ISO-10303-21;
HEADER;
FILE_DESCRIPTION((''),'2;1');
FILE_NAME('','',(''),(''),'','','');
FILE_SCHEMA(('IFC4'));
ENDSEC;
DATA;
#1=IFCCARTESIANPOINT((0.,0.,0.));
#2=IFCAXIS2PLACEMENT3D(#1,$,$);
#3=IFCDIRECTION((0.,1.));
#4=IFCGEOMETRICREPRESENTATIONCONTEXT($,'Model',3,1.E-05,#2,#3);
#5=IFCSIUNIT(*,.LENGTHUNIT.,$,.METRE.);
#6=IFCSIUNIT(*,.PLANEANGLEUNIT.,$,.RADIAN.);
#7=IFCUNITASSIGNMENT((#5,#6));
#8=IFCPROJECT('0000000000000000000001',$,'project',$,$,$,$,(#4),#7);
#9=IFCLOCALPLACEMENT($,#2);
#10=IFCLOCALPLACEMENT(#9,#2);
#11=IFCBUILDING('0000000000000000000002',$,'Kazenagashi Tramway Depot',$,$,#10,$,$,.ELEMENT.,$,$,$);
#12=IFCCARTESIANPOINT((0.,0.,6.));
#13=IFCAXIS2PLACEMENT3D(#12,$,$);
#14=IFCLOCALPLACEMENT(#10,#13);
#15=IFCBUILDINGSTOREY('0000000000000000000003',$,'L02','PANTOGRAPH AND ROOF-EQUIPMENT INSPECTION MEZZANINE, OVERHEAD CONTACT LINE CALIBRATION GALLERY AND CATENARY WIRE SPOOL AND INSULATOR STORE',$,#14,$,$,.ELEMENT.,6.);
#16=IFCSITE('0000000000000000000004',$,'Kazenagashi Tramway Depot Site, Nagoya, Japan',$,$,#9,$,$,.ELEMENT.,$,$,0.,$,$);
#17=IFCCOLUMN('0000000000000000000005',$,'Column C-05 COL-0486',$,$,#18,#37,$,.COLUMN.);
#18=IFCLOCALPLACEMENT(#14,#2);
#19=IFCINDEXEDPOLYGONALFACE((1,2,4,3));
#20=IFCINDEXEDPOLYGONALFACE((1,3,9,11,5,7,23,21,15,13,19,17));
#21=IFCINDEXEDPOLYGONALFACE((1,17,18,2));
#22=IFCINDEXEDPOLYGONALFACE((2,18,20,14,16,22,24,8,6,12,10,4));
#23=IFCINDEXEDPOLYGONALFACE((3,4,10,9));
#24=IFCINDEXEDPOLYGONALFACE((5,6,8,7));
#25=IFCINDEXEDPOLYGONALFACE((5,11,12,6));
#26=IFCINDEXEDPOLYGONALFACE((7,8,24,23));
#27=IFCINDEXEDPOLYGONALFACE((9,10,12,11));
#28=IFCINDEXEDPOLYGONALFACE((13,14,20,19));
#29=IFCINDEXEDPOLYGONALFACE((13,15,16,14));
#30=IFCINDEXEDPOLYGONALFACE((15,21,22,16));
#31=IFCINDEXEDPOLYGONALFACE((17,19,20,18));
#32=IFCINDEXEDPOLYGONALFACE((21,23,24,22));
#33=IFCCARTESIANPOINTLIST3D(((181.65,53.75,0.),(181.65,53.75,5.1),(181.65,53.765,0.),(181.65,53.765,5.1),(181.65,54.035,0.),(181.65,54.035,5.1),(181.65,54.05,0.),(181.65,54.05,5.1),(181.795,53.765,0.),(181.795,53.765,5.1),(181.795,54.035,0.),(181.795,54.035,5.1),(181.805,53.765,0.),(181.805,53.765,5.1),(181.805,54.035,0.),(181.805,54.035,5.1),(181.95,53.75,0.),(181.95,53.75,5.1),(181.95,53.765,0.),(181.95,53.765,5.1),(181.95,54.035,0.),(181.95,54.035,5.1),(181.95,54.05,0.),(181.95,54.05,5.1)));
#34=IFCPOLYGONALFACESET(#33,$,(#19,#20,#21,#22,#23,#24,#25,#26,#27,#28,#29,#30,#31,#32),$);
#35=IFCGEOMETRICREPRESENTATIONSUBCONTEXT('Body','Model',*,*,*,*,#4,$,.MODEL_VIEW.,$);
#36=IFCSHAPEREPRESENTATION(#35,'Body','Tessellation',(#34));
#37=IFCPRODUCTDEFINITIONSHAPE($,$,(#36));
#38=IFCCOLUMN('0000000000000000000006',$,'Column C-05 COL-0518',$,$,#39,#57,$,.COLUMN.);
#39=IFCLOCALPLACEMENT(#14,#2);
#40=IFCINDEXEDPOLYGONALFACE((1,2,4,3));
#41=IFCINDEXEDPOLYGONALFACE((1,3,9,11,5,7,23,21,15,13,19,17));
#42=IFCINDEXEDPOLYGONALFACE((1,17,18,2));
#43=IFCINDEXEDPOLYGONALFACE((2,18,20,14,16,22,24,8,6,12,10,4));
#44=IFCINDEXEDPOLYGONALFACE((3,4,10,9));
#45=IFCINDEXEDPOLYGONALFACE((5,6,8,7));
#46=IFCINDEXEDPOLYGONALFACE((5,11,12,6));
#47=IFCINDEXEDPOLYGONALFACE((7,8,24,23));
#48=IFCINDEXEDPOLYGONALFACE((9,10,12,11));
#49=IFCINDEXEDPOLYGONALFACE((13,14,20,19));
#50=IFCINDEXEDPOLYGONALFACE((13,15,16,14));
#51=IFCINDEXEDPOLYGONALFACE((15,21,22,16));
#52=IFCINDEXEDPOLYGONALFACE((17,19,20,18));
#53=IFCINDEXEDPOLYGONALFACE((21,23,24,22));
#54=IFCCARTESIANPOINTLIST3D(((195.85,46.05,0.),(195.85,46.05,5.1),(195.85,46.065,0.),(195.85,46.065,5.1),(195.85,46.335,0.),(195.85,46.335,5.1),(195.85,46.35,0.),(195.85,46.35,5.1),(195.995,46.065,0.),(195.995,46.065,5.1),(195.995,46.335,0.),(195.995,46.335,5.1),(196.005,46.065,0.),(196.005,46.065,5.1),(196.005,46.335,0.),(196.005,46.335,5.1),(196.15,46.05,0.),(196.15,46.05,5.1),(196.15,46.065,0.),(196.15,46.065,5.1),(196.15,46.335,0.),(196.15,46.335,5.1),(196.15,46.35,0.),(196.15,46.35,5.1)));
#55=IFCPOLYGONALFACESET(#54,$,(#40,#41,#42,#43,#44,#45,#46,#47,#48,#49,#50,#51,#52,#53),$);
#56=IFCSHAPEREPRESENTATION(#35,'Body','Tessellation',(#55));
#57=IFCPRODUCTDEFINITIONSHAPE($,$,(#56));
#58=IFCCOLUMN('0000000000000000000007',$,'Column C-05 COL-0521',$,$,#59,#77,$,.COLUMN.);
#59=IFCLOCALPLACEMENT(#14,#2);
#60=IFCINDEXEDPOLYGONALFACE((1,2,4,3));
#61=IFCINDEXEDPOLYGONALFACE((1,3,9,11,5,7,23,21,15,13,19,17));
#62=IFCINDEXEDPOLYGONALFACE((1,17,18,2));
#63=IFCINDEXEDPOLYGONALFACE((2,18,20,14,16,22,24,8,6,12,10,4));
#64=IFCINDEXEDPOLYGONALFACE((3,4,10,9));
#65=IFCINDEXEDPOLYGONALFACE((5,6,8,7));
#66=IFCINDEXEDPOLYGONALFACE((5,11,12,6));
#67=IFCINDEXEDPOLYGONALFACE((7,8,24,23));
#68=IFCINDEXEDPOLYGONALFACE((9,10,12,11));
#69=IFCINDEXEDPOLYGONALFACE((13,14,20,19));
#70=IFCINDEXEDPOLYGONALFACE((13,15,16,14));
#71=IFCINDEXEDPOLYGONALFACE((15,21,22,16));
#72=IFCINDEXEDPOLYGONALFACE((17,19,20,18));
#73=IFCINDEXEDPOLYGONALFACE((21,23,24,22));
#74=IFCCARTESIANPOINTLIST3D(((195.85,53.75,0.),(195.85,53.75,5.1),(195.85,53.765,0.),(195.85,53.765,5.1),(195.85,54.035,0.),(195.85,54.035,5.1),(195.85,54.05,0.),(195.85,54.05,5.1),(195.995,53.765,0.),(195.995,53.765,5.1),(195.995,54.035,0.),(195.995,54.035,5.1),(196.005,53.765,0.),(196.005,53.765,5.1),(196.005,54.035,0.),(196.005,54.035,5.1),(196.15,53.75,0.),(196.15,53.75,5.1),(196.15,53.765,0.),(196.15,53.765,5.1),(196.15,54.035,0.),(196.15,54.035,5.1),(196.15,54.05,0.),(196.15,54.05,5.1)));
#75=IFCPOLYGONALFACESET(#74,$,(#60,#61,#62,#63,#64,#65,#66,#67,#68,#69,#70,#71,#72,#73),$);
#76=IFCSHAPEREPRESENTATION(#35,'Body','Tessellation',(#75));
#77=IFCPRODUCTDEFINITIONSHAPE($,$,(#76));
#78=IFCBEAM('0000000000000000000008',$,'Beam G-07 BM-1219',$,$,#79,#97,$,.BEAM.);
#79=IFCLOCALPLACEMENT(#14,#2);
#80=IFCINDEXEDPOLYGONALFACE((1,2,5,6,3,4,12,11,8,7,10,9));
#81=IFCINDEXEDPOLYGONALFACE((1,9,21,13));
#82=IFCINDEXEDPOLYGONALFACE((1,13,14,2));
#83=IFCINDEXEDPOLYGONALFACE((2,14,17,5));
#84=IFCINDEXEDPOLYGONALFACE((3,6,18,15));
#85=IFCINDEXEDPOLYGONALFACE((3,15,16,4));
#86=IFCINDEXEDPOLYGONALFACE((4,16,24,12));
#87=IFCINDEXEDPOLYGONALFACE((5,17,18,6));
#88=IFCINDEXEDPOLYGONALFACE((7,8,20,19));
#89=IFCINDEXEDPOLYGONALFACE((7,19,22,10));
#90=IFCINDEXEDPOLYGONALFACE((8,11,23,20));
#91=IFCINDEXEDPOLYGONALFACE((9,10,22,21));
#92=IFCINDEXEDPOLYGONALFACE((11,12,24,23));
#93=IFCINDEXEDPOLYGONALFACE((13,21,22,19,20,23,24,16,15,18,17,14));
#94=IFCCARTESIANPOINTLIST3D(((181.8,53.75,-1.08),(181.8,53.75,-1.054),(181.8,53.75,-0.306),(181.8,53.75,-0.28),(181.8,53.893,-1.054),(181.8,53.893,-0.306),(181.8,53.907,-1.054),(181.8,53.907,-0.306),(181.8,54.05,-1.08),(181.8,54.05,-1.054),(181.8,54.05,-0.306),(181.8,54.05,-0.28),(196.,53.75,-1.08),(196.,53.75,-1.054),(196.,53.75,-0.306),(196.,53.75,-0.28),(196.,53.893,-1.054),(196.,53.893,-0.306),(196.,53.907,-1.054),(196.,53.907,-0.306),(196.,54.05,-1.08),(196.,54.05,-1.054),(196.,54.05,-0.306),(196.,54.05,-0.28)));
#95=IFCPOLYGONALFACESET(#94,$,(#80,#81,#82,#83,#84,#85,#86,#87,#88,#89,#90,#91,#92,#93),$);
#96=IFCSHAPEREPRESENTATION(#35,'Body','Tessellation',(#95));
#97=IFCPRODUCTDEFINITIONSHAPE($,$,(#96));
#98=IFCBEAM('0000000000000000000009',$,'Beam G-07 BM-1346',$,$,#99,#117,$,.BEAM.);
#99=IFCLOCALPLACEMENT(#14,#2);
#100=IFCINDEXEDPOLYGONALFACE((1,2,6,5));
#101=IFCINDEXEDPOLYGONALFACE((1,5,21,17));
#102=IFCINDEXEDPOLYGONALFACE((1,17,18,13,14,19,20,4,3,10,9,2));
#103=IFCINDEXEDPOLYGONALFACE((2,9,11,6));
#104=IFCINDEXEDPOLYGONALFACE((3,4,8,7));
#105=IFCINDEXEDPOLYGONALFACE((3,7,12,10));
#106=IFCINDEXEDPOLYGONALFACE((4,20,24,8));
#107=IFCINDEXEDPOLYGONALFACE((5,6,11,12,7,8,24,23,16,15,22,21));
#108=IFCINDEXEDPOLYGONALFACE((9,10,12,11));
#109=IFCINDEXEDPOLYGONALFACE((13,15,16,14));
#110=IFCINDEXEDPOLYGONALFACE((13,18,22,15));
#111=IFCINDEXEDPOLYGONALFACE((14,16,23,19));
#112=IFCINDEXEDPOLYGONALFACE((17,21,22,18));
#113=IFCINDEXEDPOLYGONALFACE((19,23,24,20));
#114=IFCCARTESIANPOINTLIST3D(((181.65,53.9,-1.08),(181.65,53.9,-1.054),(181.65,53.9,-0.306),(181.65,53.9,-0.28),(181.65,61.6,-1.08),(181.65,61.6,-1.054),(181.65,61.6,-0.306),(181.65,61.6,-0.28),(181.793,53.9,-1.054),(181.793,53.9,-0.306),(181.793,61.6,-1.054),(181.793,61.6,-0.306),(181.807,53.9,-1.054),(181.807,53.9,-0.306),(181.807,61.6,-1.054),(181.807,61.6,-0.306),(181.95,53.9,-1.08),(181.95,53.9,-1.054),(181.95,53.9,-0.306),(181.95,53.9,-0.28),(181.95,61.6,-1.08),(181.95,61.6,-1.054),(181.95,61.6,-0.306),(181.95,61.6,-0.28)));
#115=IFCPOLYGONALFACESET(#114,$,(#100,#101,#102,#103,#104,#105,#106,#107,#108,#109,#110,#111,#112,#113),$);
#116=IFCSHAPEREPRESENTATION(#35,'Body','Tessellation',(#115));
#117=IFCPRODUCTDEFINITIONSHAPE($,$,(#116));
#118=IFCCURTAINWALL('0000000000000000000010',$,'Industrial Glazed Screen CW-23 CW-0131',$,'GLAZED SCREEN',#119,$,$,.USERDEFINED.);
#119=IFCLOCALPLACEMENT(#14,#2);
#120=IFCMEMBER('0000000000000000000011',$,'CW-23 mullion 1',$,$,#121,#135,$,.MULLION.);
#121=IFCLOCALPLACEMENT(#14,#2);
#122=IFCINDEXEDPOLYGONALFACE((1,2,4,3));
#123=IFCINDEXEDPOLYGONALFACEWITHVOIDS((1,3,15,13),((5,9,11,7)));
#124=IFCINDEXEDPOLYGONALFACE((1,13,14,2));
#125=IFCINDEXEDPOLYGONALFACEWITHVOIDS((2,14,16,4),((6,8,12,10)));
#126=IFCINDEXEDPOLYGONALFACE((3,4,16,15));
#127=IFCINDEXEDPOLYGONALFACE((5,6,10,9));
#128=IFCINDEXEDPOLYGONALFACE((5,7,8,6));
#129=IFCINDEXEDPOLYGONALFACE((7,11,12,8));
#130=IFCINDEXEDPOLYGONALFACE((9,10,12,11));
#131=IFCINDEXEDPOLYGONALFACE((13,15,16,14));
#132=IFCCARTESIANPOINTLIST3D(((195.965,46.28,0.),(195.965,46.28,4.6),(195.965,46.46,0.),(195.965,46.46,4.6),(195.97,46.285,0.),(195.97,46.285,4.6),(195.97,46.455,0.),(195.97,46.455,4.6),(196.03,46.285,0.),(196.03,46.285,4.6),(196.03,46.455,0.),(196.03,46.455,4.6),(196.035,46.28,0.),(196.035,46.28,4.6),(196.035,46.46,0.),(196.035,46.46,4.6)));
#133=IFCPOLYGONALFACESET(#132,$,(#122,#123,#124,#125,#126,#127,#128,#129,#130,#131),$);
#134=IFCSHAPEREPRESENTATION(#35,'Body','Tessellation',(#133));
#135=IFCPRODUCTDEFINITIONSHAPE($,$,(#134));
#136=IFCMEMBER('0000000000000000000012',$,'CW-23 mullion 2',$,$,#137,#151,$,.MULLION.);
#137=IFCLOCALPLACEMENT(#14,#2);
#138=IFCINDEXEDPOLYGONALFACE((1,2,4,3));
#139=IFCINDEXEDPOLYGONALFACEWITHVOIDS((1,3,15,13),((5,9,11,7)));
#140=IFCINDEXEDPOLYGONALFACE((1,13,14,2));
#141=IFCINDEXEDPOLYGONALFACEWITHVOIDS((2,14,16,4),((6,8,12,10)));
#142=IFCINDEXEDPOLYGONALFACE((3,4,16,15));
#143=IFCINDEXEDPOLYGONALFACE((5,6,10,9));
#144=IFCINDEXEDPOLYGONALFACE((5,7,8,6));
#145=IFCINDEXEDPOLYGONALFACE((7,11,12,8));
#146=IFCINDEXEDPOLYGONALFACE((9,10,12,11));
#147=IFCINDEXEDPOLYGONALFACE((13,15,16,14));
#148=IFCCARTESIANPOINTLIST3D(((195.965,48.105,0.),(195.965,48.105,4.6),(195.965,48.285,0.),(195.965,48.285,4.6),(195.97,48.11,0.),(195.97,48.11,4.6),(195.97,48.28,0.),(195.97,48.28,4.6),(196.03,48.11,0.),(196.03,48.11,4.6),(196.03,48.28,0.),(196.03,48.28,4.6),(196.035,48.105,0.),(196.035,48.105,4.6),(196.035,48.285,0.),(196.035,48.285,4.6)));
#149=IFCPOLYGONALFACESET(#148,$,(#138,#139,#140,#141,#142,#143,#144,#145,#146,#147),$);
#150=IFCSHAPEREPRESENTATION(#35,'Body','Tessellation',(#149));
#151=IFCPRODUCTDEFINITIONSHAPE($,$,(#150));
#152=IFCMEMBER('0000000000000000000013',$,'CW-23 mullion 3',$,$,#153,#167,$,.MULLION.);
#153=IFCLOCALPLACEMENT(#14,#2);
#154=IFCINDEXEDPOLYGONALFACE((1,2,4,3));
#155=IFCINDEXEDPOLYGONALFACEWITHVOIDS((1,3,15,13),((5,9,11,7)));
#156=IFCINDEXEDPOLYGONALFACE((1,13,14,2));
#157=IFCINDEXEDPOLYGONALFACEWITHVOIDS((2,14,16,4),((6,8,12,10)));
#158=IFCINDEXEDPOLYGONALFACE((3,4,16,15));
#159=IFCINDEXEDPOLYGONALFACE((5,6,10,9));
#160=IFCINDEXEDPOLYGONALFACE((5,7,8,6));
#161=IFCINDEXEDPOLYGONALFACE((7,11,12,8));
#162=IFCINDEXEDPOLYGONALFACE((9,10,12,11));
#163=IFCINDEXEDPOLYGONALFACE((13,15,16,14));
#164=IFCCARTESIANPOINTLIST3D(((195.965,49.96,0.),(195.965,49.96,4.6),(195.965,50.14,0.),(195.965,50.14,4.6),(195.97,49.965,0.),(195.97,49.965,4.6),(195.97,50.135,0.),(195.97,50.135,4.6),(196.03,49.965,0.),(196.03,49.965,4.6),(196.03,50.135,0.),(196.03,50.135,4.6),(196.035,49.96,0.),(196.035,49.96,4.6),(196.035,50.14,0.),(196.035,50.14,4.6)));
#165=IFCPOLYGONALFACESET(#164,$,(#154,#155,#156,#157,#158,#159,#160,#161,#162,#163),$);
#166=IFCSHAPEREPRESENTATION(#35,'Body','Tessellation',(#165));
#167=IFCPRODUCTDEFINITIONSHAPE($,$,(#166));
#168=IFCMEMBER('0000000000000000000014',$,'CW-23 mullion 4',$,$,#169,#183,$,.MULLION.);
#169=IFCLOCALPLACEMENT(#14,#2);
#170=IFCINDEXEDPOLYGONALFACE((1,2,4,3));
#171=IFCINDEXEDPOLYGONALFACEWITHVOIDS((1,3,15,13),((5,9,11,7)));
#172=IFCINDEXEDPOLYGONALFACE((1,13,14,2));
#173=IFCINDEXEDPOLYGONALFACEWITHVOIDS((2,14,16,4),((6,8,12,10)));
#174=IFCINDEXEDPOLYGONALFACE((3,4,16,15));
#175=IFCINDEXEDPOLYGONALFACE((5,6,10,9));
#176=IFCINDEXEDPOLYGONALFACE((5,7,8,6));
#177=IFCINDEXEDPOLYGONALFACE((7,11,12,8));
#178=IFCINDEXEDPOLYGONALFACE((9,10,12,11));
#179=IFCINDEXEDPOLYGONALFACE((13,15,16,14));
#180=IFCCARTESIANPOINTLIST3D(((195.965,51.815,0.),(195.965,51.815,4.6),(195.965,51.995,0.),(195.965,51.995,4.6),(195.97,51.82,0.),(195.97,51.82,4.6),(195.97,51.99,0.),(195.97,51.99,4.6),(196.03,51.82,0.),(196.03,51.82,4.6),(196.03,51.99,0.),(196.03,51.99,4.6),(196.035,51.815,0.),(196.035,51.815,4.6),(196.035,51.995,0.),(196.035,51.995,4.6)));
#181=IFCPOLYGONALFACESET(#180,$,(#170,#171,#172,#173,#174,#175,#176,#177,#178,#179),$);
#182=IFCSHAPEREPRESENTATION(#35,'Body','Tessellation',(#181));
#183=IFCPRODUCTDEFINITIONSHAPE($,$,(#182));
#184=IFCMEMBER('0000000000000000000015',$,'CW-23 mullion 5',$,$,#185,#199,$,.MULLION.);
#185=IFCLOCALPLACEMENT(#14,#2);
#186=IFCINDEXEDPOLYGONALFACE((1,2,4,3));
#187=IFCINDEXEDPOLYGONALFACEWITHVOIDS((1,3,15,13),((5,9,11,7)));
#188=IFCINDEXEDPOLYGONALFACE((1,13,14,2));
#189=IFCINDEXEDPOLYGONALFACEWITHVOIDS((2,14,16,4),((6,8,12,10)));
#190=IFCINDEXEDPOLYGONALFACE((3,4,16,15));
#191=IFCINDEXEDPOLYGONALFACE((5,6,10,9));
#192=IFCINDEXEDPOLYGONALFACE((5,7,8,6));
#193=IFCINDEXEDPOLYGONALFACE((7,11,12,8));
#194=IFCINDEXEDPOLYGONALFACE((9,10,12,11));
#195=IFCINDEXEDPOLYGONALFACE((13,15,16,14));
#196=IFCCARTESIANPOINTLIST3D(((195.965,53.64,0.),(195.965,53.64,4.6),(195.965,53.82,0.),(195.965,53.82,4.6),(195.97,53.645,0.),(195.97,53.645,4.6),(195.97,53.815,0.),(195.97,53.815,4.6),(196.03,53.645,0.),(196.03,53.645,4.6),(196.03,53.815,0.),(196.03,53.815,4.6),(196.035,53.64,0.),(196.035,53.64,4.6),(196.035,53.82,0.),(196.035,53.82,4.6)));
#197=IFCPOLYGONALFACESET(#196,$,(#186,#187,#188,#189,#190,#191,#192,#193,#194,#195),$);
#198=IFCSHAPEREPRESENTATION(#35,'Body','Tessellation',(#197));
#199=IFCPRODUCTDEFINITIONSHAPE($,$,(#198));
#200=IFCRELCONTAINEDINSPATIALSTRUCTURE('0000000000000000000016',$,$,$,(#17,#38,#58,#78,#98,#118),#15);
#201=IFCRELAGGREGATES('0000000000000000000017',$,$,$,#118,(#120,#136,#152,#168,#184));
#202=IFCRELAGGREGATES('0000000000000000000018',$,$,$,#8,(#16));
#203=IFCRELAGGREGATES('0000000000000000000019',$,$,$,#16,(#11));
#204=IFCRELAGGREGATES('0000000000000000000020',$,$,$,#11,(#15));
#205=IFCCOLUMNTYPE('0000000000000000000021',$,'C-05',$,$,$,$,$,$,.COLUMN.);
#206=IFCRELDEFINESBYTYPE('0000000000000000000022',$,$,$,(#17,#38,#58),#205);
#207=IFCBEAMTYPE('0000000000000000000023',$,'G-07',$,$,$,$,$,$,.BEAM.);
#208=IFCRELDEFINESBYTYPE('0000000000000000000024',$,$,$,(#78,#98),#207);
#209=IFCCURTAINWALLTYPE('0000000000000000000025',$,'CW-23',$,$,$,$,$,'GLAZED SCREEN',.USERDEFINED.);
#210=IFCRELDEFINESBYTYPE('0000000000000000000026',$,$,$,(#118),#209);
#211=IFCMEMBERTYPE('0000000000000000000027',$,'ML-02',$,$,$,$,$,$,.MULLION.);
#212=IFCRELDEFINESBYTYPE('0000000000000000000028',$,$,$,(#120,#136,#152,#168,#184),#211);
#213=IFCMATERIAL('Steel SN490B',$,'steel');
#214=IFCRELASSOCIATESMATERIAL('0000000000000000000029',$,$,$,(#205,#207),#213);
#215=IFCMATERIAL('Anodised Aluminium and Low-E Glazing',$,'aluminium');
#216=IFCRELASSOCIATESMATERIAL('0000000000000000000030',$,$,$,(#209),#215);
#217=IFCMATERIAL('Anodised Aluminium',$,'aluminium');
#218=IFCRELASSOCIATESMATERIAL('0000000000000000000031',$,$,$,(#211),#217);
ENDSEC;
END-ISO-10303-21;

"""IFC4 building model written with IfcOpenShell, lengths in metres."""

from ifc_helpers import new_model, si_unit, direction, frame, origin, origin_2d, place, context, subcontext, project, spatial, hollow_rectangle, i_section, extrude, material, material_profile, profile_set, type_object, element, aggregate, save


model = new_model("IFC4")

# Units and contexts
model_context = context("Model", 3, precision=1e-05, world=origin(), true_north=direction((0.0, 1.0)))
body_context = subcontext(model_context, "Body", "Model", "MODEL_VIEW")
ifc_project = project(units=[si_unit("LENGTHUNIT", "METRE"), si_unit("PLANEANGLEUNIT", "RADIAN")], contexts=[model_context])

# Site, building, storey
site_placement = place(None, origin())
site = spatial("IfcSite", under=ifc_project, at=site_placement, Name="Kazenagashi Tramway Depot Site, Nagoya, Japan", CompositionType="ELEMENT", RefElevation=0.0)
building_placement = place(site_placement, origin())
building = spatial("IfcBuilding", under=site, at=building_placement, Name="Kazenagashi Tramway Depot", CompositionType="ELEMENT")
storey_placement = place(building_placement, frame((0.0, 0.0, 6.0)))
storey = spatial("IfcBuildingStorey", under=building, at=storey_placement, Name="L02", Description="PANTOGRAPH AND ROOF-EQUIPMENT INSPECTION MEZZANINE, OVERHEAD CONTACT LINE CALIBRATION GALLERY AND CATENARY WIRE SPOOL AND INSULATOR STORE", CompositionType="ELEMENT", Elevation=6.0)

# Columns
ifc_material_1 = material(Name="Steel SN490B", Category="steel")
ifc_material_profile_1 = material_profile(ifc_material_1, i_section(OverallWidth=0.3, OverallDepth=0.3, WebThickness=0.01, FlangeThickness=0.015, at=origin_2d()), Name="H-300x300x10x15")
ifc_profile_set_1 = profile_set([ifc_material_profile_1], Name="Steel SN490B")
column_type = type_object("IfcColumnType", Name="C-05", PredefinedType="COLUMN", material=ifc_profile_set_1)
for number, where, z_axis, x_axis, name in (
    (1, (181.8, 53.9, 0.0), (0.0, 0.0, 1.0), (1.0, 0.0, 0.0), "Column C-05 COL-0486"),
    (2, (196.0, 46.2, 0.0), (0.0, 0.0, 1.0), (1.0, 0.0, 0.0), "Column C-05 COL-0518"),
    (3, (196.0, 53.9, 0.0), (0.0, 0.0, 1.0), (1.0, 0.0, 0.0), "Column C-05 COL-0521"),
):
    element("IfcColumn", number, at=place(storey_placement, frame(where, z_axis=z_axis, x_axis=x_axis)), inside=storey, type_object=column_type, Name=name, PredefinedType="COLUMN", context=body_context, shape_type="SweptSolid", body=[
        extrude(i_section(OverallWidth=0.3, OverallDepth=0.3, WebThickness=0.01, FlangeThickness=0.015, at=origin_2d()), origin(), (0.0, 0.0, 1.0), 5.1),
    ])

# Beams
ifc_material_profile_2 = material_profile(ifc_material_1, i_section(OverallWidth=0.3, OverallDepth=0.8, WebThickness=0.014, FlangeThickness=0.026, at=origin_2d()), Name="H-800x300x14x26")
ifc_profile_set_2 = profile_set([ifc_material_profile_2], Name="Steel SN490B")
beam_type_1 = type_object("IfcBeamType", Name="G-07", PredefinedType="BEAM", material=ifc_profile_set_2)
beam_1_placement = place(storey_placement, frame((181.8, 53.9, -0.68), z_axis=(1.0, 0.0, 0.0), x_axis=(0.0, 1.0, 0.0)))
element("IfcBeam", 4, at=beam_1_placement, inside=storey, type_object=beam_type_1, Name="Beam G-07 BM-1219", PredefinedType="BEAM", context=body_context, shape_type="SweptSolid", body=[
    extrude(i_section(OverallWidth=0.3, OverallDepth=0.8, WebThickness=0.014, FlangeThickness=0.026, at=origin_2d()), origin(), (0.0, 0.0, 1.0), 14.2),
])
beam_2_placement = place(storey_placement, frame((181.8, 53.9, -0.68), z_axis=(0.0, 1.0, 0.0), x_axis=(-1.0, 0.0, 0.0)))
element("IfcBeam", 5, at=beam_2_placement, inside=storey, type_object=beam_type_1, Name="Beam G-07 BM-1346", PredefinedType="BEAM", context=body_context, shape_type="SweptSolid", body=[
    extrude(i_section(OverallWidth=0.3, OverallDepth=0.8, WebThickness=0.014, FlangeThickness=0.026, at=origin_2d()), origin(), (0.0, 0.0, 1.0), 7.7),
])

# Curtain wall, members
ifc_material_2 = material(Name="Anodised Aluminium and Low-E Glazing", Category="aluminium")
curtain_wall_type = type_object("IfcCurtainWallType", Name="CW-23", ElementType="GLAZED SCREEN", PredefinedType="USERDEFINED", material=ifc_material_2)
curtain_wall_1_placement = place(storey_placement, origin())
curtain_wall_1 = element("IfcCurtainWall", 6, at=curtain_wall_1_placement, inside=storey, type_object=curtain_wall_type, Name="Industrial Glazed Screen CW-23 CW-0131", ObjectType="GLAZED SCREEN", PredefinedType="USERDEFINED")
ifc_material_3 = material(Name="Anodised Aluminium", Category="aluminium")
ifc_material_profile_3 = material_profile(ifc_material_3, hollow_rectangle(XDim=0.07, YDim=0.18, WallThickness=0.005, at=origin_2d()), Name="RHS-180x70x5")
ifc_profile_set_3 = profile_set([ifc_material_profile_3], Name="Anodised Aluminium")
member_type_1 = type_object("IfcMemberType", Name="ML-02", PredefinedType="MULLION", material=ifc_profile_set_3)
member_1_placement = place(storey_placement, frame((196.0, 46.37, 0.0), z_axis=(0.0, 0.0, 1.0), x_axis=(-1.0, 0.0, 0.0)))
member_1 = element("IfcMember", 7, at=member_1_placement, type_object=member_type_1, Name="CW-23 mullion 1", PredefinedType="MULLION", context=body_context, shape_type="SweptSolid", body=[
    extrude(hollow_rectangle(XDim=0.07, YDim=0.18, WallThickness=0.005, at=origin_2d()), origin(), (0.0, 0.0, 1.0), 4.6),
])
member_2_placement = place(storey_placement, frame((196.0, 48.195, 0.0), z_axis=(0.0, 0.0, 1.0), x_axis=(-1.0, 0.0, 0.0)))
member_2 = element("IfcMember", 8, at=member_2_placement, type_object=member_type_1, Name="CW-23 mullion 2", PredefinedType="MULLION", context=body_context, shape_type="SweptSolid", body=[
    extrude(hollow_rectangle(XDim=0.07, YDim=0.18, WallThickness=0.005, at=origin_2d()), origin(), (0.0, 0.0, 1.0), 4.6),
])
member_3_placement = place(storey_placement, frame((196.0, 50.05, 0.0), z_axis=(0.0, 0.0, 1.0), x_axis=(-1.0, 0.0, 0.0)))
member_3 = element("IfcMember", 9, at=member_3_placement, type_object=member_type_1, Name="CW-23 mullion 3", PredefinedType="MULLION", context=body_context, shape_type="SweptSolid", body=[
    extrude(hollow_rectangle(XDim=0.07, YDim=0.18, WallThickness=0.005, at=origin_2d()), origin(), (0.0, 0.0, 1.0), 4.6),
])
member_4_placement = place(storey_placement, frame((196.0, 51.905, 0.0), z_axis=(0.0, 0.0, 1.0), x_axis=(-1.0, 0.0, 0.0)))
member_4 = element("IfcMember", 10, at=member_4_placement, type_object=member_type_1, Name="CW-23 mullion 4", PredefinedType="MULLION", context=body_context, shape_type="SweptSolid", body=[
    extrude(hollow_rectangle(XDim=0.07, YDim=0.18, WallThickness=0.005, at=origin_2d()), origin(), (0.0, 0.0, 1.0), 4.6),
])
member_5_placement = place(storey_placement, frame((196.0, 53.73, 0.0), z_axis=(0.0, 0.0, 1.0), x_axis=(-1.0, 0.0, 0.0)))
member_5 = element("IfcMember", 11, at=member_5_placement, type_object=member_type_1, Name="CW-23 mullion 5", PredefinedType="MULLION", context=body_context, shape_type="SweptSolid", body=[
    extrude(hollow_rectangle(XDim=0.07, YDim=0.18, WallThickness=0.005, at=origin_2d()), origin(), (0.0, 0.0, 1.0), 4.6),
])

aggregate(curtain_wall_1, [member_1, member_2, member_3, member_4, member_5])

save(model, "model.ifc")
